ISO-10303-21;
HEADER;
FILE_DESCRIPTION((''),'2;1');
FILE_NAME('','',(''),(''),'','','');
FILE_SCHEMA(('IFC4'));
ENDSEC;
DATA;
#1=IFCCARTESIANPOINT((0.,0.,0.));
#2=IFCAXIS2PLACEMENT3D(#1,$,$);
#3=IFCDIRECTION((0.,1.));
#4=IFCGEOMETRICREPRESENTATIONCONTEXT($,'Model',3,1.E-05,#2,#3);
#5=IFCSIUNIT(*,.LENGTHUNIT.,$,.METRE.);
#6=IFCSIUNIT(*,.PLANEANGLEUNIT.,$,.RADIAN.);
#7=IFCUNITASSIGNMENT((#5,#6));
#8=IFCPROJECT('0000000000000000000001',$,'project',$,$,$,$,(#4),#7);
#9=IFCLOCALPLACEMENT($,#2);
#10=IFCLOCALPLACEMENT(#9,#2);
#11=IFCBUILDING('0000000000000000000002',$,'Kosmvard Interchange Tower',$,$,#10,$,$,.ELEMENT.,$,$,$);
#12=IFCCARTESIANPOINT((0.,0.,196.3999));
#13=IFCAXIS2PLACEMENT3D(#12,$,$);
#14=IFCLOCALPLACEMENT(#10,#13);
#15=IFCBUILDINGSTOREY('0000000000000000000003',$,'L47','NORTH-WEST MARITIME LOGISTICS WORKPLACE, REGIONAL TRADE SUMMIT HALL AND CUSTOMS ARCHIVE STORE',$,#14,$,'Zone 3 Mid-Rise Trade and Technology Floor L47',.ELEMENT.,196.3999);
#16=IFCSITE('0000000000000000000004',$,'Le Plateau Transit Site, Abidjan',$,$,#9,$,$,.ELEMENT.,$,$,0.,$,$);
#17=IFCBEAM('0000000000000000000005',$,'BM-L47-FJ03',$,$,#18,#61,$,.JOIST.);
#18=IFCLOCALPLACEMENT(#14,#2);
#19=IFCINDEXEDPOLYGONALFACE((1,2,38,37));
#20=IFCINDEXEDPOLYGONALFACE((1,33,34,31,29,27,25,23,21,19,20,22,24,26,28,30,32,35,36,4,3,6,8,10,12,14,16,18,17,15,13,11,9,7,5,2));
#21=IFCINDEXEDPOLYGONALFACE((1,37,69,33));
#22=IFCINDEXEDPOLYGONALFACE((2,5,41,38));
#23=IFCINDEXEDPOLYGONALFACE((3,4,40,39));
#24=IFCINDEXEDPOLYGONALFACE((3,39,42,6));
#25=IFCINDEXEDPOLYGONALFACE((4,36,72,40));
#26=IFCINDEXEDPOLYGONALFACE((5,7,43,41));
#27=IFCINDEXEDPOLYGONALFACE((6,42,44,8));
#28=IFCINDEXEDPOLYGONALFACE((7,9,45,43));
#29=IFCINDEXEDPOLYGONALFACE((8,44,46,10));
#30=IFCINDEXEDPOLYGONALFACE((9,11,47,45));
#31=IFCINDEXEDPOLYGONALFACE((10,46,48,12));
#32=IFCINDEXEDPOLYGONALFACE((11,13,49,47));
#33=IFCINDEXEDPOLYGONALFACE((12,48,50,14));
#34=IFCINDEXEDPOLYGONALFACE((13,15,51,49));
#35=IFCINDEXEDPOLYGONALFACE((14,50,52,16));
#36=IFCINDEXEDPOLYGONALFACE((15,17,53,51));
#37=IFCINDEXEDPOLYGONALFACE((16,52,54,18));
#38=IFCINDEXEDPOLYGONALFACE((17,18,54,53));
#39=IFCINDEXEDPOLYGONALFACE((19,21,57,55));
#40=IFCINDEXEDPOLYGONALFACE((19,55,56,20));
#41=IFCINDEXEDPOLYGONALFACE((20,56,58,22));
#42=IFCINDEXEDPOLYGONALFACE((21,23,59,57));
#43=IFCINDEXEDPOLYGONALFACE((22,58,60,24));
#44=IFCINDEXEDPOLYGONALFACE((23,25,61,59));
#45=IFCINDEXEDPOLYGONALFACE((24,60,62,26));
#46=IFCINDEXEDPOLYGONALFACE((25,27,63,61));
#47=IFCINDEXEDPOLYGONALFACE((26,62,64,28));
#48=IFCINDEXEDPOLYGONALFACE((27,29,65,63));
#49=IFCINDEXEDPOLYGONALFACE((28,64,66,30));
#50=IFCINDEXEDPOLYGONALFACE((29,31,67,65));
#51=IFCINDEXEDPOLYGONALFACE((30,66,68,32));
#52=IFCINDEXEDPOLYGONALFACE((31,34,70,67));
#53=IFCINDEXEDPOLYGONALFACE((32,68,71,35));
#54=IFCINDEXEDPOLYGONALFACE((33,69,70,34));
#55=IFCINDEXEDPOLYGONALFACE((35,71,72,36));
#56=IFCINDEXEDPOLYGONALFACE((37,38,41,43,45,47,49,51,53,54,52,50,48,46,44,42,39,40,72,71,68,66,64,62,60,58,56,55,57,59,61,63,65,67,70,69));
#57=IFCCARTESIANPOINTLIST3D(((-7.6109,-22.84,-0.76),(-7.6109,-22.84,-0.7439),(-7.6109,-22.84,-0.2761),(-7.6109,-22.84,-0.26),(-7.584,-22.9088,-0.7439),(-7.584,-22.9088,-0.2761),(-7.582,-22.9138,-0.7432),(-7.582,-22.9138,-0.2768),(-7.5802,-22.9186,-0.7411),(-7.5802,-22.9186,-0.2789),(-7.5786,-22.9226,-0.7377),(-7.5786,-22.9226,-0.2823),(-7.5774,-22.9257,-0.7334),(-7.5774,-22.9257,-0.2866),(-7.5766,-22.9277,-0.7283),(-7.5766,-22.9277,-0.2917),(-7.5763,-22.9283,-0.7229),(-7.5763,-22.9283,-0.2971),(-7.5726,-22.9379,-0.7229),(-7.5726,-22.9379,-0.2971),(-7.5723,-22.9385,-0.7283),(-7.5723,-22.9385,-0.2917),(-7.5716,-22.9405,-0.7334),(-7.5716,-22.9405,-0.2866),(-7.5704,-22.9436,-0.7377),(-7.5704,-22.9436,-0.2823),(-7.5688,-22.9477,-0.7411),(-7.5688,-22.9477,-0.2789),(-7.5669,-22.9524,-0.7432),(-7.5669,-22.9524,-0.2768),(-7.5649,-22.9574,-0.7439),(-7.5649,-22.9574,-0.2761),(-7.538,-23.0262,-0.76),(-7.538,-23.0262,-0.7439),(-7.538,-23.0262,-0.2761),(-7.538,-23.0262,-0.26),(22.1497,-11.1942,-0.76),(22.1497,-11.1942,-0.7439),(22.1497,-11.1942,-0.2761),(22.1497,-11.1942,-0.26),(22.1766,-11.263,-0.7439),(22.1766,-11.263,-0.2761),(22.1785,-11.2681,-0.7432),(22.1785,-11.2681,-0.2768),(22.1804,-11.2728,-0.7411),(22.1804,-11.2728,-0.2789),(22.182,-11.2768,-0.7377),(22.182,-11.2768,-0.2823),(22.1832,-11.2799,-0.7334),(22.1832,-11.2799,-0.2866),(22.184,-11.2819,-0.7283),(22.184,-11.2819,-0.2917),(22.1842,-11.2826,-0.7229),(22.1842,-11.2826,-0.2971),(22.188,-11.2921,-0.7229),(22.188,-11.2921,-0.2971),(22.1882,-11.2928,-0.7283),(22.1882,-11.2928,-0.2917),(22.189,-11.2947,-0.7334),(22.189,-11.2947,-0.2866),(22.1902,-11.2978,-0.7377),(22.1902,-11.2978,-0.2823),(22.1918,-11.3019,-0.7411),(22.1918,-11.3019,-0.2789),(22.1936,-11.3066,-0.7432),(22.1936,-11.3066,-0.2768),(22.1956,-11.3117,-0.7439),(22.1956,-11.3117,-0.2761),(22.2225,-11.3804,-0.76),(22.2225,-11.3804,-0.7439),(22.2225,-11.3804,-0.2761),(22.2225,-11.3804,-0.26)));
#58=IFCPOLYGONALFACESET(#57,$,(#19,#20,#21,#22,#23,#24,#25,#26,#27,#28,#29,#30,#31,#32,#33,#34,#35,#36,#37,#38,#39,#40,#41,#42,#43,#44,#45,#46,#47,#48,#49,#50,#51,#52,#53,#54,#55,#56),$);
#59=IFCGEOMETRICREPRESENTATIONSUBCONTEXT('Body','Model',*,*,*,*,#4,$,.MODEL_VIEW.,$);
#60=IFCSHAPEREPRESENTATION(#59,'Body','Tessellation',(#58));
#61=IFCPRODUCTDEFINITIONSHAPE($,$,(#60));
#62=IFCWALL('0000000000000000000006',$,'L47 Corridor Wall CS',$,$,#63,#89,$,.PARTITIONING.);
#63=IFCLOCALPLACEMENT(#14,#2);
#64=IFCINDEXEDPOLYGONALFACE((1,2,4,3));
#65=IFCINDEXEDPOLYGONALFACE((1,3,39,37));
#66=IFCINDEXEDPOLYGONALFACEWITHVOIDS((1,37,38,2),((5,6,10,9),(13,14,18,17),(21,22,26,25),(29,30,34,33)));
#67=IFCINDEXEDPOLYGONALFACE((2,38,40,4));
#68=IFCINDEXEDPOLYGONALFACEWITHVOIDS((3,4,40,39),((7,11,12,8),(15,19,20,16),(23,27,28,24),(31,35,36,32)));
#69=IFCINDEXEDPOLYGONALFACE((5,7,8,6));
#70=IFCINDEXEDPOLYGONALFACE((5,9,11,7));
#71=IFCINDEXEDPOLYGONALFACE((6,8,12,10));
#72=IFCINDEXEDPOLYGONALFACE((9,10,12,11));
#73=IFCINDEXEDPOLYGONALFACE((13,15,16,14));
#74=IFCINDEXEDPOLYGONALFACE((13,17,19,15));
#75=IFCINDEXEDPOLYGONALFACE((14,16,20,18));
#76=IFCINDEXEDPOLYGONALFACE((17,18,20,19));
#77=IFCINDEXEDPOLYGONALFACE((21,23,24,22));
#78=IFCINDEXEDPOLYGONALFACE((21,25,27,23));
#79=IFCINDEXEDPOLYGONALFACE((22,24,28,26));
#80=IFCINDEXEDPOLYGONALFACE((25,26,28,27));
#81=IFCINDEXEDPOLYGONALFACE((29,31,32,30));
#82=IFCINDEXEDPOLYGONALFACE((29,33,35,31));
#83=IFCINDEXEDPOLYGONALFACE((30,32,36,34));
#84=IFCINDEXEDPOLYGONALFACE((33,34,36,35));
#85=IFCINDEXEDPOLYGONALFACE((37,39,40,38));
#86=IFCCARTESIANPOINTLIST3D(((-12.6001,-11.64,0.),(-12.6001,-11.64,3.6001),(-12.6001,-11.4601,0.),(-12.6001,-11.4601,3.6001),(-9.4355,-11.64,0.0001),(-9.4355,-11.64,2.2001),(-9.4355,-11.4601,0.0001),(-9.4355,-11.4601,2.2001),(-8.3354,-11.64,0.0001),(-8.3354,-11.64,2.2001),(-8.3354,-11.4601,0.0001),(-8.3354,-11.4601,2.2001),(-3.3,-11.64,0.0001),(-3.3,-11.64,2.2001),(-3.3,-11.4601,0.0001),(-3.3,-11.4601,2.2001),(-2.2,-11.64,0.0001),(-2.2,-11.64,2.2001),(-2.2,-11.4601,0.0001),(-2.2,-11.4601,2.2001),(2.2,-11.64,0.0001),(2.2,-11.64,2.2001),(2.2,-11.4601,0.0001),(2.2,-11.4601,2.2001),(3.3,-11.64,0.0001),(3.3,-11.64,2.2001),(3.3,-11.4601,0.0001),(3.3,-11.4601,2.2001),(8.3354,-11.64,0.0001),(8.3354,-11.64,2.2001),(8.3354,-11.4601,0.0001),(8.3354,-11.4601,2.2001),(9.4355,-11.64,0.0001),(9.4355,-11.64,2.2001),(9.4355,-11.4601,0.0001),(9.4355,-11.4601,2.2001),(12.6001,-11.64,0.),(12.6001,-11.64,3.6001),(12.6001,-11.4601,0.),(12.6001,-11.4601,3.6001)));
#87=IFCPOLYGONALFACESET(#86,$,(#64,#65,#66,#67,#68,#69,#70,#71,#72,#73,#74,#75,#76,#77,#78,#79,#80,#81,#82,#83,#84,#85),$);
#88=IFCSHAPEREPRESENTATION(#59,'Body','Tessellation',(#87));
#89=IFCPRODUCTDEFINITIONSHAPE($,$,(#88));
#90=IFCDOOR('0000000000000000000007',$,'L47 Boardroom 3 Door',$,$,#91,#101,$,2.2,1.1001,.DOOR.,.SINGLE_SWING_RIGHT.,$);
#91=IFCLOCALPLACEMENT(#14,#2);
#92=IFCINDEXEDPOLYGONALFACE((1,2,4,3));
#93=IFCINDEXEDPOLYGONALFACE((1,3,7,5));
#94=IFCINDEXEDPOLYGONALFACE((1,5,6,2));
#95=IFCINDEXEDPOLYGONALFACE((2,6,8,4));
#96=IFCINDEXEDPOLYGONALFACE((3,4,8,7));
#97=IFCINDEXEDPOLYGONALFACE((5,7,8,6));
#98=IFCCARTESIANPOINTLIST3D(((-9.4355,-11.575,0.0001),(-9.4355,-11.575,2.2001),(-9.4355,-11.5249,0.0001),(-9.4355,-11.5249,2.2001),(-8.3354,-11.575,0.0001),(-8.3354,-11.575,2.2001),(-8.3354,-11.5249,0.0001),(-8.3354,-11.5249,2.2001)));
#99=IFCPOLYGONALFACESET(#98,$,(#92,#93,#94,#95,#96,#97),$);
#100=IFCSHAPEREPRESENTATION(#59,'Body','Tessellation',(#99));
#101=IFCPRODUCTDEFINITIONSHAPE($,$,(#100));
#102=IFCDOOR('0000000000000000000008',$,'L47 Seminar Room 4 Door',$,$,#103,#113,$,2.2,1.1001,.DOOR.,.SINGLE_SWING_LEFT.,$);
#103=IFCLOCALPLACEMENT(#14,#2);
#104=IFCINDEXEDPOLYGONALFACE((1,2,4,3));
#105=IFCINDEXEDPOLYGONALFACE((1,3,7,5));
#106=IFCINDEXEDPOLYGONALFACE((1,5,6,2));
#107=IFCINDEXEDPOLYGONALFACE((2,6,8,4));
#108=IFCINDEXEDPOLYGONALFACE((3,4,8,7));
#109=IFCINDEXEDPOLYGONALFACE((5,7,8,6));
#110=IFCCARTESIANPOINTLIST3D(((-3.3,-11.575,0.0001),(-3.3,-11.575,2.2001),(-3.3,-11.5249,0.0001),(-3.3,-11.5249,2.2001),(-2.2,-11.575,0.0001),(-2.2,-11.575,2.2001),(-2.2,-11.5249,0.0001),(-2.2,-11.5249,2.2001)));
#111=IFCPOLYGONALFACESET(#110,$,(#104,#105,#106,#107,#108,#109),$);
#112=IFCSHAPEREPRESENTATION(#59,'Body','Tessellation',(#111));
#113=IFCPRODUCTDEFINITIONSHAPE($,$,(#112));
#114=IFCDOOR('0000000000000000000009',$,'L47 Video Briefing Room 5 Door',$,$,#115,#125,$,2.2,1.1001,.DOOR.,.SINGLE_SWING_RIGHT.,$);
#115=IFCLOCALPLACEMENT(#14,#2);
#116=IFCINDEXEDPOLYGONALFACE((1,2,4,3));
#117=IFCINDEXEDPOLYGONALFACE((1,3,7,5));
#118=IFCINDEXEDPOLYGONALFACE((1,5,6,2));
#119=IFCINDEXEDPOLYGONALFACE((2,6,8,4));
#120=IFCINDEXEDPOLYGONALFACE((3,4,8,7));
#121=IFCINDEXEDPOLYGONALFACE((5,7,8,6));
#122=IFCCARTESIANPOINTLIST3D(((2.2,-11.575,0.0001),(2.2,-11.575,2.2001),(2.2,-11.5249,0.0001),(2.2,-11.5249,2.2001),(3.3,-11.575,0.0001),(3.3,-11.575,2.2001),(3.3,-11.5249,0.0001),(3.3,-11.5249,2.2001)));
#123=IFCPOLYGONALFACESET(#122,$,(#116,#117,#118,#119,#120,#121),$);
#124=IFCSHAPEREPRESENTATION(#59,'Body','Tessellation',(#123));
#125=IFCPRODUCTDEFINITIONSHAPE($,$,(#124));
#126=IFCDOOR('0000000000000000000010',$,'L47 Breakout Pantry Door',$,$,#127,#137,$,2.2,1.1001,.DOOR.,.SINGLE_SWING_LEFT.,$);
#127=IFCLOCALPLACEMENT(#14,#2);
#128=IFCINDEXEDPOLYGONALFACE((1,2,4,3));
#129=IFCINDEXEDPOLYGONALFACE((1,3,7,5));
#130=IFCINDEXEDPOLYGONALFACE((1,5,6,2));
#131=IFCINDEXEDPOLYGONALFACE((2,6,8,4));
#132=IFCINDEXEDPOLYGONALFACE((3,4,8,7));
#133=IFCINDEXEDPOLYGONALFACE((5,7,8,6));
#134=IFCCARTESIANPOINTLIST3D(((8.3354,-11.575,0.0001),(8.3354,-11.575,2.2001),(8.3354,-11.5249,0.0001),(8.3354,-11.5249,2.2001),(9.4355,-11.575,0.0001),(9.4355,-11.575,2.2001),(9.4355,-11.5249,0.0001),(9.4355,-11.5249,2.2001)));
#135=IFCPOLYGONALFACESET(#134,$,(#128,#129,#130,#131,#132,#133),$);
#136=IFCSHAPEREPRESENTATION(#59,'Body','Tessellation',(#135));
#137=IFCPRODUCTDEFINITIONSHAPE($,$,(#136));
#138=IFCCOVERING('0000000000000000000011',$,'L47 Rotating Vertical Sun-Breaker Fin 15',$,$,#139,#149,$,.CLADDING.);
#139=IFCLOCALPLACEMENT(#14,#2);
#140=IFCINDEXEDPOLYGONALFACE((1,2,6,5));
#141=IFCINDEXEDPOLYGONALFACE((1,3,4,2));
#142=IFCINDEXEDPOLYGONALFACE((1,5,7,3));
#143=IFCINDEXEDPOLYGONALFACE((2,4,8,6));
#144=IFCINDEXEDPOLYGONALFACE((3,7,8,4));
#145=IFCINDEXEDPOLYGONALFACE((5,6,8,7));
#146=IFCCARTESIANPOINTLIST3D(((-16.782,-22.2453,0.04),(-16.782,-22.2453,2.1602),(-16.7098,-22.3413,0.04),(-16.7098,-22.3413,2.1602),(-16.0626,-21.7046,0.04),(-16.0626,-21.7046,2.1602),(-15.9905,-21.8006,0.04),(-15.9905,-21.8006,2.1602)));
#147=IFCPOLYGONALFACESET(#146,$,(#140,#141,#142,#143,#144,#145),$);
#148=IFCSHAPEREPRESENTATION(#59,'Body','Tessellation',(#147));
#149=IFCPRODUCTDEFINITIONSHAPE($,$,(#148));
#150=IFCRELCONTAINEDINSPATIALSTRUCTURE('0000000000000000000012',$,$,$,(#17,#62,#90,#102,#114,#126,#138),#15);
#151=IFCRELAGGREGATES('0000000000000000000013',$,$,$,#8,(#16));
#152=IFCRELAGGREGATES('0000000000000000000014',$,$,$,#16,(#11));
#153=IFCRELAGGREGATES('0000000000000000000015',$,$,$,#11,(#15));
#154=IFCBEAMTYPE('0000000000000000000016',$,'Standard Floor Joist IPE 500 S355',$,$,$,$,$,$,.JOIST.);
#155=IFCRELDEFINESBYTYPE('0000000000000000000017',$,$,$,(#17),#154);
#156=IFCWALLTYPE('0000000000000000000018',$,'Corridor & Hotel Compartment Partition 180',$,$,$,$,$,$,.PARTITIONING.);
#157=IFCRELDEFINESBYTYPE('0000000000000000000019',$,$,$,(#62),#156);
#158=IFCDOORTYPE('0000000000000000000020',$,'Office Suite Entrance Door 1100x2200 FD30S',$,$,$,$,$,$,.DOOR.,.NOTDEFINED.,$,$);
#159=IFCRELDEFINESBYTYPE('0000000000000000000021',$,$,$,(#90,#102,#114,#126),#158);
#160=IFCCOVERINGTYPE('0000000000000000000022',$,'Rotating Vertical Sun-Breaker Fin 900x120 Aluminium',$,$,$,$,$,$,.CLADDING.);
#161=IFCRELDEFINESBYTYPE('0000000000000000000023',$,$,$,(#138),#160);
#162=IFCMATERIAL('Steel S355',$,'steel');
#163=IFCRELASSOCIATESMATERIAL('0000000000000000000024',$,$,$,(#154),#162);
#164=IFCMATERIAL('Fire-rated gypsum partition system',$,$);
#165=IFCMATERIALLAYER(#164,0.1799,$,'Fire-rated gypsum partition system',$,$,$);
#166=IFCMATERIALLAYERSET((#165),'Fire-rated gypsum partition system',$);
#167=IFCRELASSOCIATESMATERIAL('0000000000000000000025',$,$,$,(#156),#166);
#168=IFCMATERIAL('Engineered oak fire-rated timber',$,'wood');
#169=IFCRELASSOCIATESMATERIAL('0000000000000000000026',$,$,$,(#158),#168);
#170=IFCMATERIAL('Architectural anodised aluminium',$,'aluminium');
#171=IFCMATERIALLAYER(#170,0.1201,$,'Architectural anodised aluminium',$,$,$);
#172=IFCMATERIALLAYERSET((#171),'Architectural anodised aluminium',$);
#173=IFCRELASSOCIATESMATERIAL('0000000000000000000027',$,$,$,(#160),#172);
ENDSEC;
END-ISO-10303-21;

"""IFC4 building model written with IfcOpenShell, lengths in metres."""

from ifc_helpers import new_model, si_unit, direction, frame, frame_2d, origin, origin_2d, place, context, subcontext, project, spatial, rectangle, i_section, extrude, source, transform, mapped, material, layer, layer_set, material_profile, profile_set, type_object, element, fill, save


model = new_model("IFC4")

# Units and contexts
model_context = context("Model", 3, precision=1e-05, world=origin(), true_north=direction((0.0, 1.0)))
body_context = subcontext(model_context, "Body", "Model", "MODEL_VIEW")
ifc_project = project(units=[si_unit("LENGTHUNIT", "METRE"), si_unit("PLANEANGLEUNIT", "RADIAN")], contexts=[model_context])

# Site, building, storey
site_placement = place(None, origin())
site = spatial("IfcSite", under=ifc_project, at=site_placement, Name="Le Plateau Transit Site, Abidjan", CompositionType="ELEMENT", RefElevation=0.0)
building_placement = place(site_placement, origin())
building = spatial("IfcBuilding", under=site, at=building_placement, Name="Kosmvard Interchange Tower", CompositionType="ELEMENT")
storey_placement = place(building_placement, frame((0.0, 0.0, 196.3999)))
storey = spatial("IfcBuildingStorey", under=building, at=storey_placement, Name="L47", Description="NORTH-WEST MARITIME LOGISTICS WORKPLACE, REGIONAL TRADE SUMMIT HALL AND CUSTOMS ARCHIVE STORE", LongName="Zone 3 Mid-Rise Trade and Technology Floor L47", CompositionType="ELEMENT", Elevation=196.3999)

# Beam
ifc_material_1 = material(Name="Steel S355", Category="steel")
ifc_material_profile_1 = material_profile(ifc_material_1, i_section(OverallWidth=0.2, OverallDepth=0.5, WebThickness=0.0103, FlangeThickness=0.0161, FilletRadius=0.021, at=origin_2d()), Name="IPE 500")
ifc_profile_set_1 = profile_set([ifc_material_profile_1], Name="Steel S355")
beam_type_1 = type_object("IfcBeamType", Name="Standard Floor Joist IPE 500 S355", PredefinedType="JOIST", material=ifc_profile_set_1)
shared_shape_1 = source(origin(), body_context, "Body", "SweptSolid", [
    extrude(i_section(OverallWidth=0.2, OverallDepth=0.5, WebThickness=0.0103, FlangeThickness=0.0161, FilletRadius=0.021, at=origin_2d()), origin(), (0.0, 0.0, 1.0), 31.958),
])
beam_1_placement = place(storey_placement, frame((-7.5745, -22.9331, -0.51), z_axis=(0.931239, 0.364409, 0.0), x_axis=(-0.364409, 0.931239, 0.0)))
element("IfcBeam", 1, at=beam_1_placement, inside=storey, type_object=beam_type_1, Name="BM-L47-FJ03", PredefinedType="JOIST", context=body_context, shape_type="MappedRepresentation", body=[
    mapped(shared_shape_1, transform((0.0, 0.0, 0.0), scale=1.0)),
])

# Wall, openings, doors
ifc_material_2 = material(Name="Fire-rated gypsum partition system")
ifc_layer_1 = layer(ifc_material_2, 0.1799, Name="Fire-rated gypsum partition system")
ifc_layer_set_1 = layer_set([ifc_layer_1], Name="Fire-rated gypsum partition system")
wall_type = type_object("IfcWallType", Name="Corridor & Hotel Compartment Partition 180", PredefinedType="PARTITIONING", material=ifc_layer_set_1)
wall_placement = place(storey_placement, frame((-12.6001, -11.55, 0.0), z_axis=(0.0, 0.0, 1.0), x_axis=(1.0, 0.0, 0.0)))
wall = element("IfcWall", 2, at=wall_placement, inside=storey, type_object=wall_type, Name="L47 Corridor Wall CS", PredefinedType="PARTITIONING", context=body_context, shape_type="SweptSolid", body=[
    extrude(rectangle(XDim=25.2002, YDim=0.1799, at=frame_2d((12.6001, 0.0))), origin(), (0.0, 0.0, 1.0), 3.6001),
])
opening_1_placement = place(wall_placement, frame((3.1646, 0.0, 0.0)))
opening_1 = element("IfcOpeningElement", 3, at=opening_1_placement, cuts=wall, PredefinedType="OPENING", context=body_context, shape_type="SweptSolid", body=[
    extrude(rectangle(XDim=1.1001, YDim=2.2, at=frame_2d((0.55, 1.1001))), frame((0.0, 0.1001, 0.0), z_axis=(0.0, -1.0, 0.0), x_axis=(1.0, 0.0, 0.0)), (0.0, 0.0, 1.0), 0.2),
])
opening_2_placement = place(wall_placement, frame((9.3, 0.0, 0.0)))
opening_2 = element("IfcOpeningElement", 4, at=opening_2_placement, cuts=wall, PredefinedType="OPENING", context=body_context, shape_type="SweptSolid", body=[
    extrude(rectangle(XDim=1.1001, YDim=2.2, at=frame_2d((0.55, 1.1001))), frame((0.0, 0.1001, 0.0), z_axis=(0.0, -1.0, 0.0), x_axis=(1.0, 0.0, 0.0)), (0.0, 0.0, 1.0), 0.2),
])
opening_3_placement = place(wall_placement, frame((14.8, 0.0, 0.0)))
opening_3 = element("IfcOpeningElement", 5, at=opening_3_placement, cuts=wall, PredefinedType="OPENING", context=body_context, shape_type="SweptSolid", body=[
    extrude(rectangle(XDim=1.1001, YDim=2.2, at=frame_2d((0.55, 1.1001))), frame((0.0, 0.1001, 0.0), z_axis=(0.0, -1.0, 0.0), x_axis=(1.0, 0.0, 0.0)), (0.0, 0.0, 1.0), 0.2),
])
opening_4_placement = place(wall_placement, frame((20.9355, 0.0, 0.0)))
opening_4 = element("IfcOpeningElement", 6, at=opening_4_placement, cuts=wall, PredefinedType="OPENING", context=body_context, shape_type="SweptSolid", body=[
    extrude(rectangle(XDim=1.1001, YDim=2.2, at=frame_2d((0.55, 1.1001))), frame((0.0, 0.1001, 0.0), z_axis=(0.0, -1.0, 0.0), x_axis=(1.0, 0.0, 0.0)), (0.0, 0.0, 1.0), 0.2),
])
ifc_material_3 = material(Name="Engineered oak fire-rated timber", Category="wood")
door_type = type_object("IfcDoorType", Name="Office Suite Entrance Door 1100x2200 FD30S", OperationType="NOTDEFINED", PredefinedType="DOOR", material=ifc_material_3)
shared_shape_2 = source(origin(), body_context, "Body", "SweptSolid", [
    extrude(rectangle(XDim=1.1001, YDim=2.2, at=frame_2d((0.55, 1.1001))), frame((0.0, 0.0249, 0.0), z_axis=(0.0, -1.0, 0.0), x_axis=(1.0, 0.0, 0.0)), (0.0, 0.0, 1.0), 0.05),
])
door_1_placement = place(opening_1_placement, frame((1.1001, 0.0, 0.0), z_axis=(0.0, 0.0, 1.0), x_axis=(-1.0, 0.0, 0.0)))
door_1 = element("IfcDoor", 7, at=door_1_placement, inside=storey, type_object=door_type, Name="L47 Boardroom 3 Door", OperationType="SINGLE_SWING_RIGHT", OverallHeight=2.2, OverallWidth=1.1001, PredefinedType="DOOR", context=body_context, shape_type="MappedRepresentation", body=[
    mapped(shared_shape_2, transform((0.0, 0.0, 0.0), scale=1.0)),
])
fill(opening_1, door_1)
door_2_placement = place(opening_2_placement, frame((1.1001, 0.0, 0.0), z_axis=(0.0, 0.0, 1.0), x_axis=(-1.0, 0.0, 0.0)))
door_2 = element("IfcDoor", 8, at=door_2_placement, inside=storey, type_object=door_type, Name="L47 Seminar Room 4 Door", OperationType="SINGLE_SWING_LEFT", OverallHeight=2.2, OverallWidth=1.1001, PredefinedType="DOOR", context=body_context, shape_type="MappedRepresentation", body=[
    mapped(shared_shape_2, transform((0.0, 0.0, 0.0), scale=1.0)),
])
fill(opening_2, door_2)
door_3_placement = place(opening_3_placement, frame((1.1001, 0.0, 0.0), z_axis=(0.0, 0.0, 1.0), x_axis=(-1.0, 0.0, 0.0)))
door_3 = element("IfcDoor", 9, at=door_3_placement, inside=storey, type_object=door_type, Name="L47 Video Briefing Room 5 Door", OperationType="SINGLE_SWING_RIGHT", OverallHeight=2.2, OverallWidth=1.1001, PredefinedType="DOOR", context=body_context, shape_type="MappedRepresentation", body=[
    mapped(shared_shape_2, transform((0.0, 0.0, 0.0), scale=1.0)),
])
fill(opening_3, door_3)
door_4_placement = place(opening_4_placement, frame((1.1001, 0.0, 0.0), z_axis=(0.0, 0.0, 1.0), x_axis=(-1.0, 0.0, 0.0)))
door_4 = element("IfcDoor", 10, at=door_4_placement, inside=storey, type_object=door_type, Name="L47 Breakout Pantry Door", OperationType="SINGLE_SWING_LEFT", OverallHeight=2.2, OverallWidth=1.1001, PredefinedType="DOOR", context=body_context, shape_type="MappedRepresentation", body=[
    mapped(shared_shape_2, transform((0.0, 0.0, 0.0), scale=1.0)),
])
fill(opening_4, door_4)

# Covering
ifc_material_4 = material(Name="Architectural anodised aluminium", Category="aluminium")
ifc_layer_2 = layer(ifc_material_4, 0.1201, Name="Architectural anodised aluminium")
ifc_layer_set_2 = layer_set([ifc_layer_2], Name="Architectural anodised aluminium")
covering_type = type_object("IfcCoveringType", Name="Rotating Vertical Sun-Breaker Fin 900x120 Aluminium", PredefinedType="CLADDING", material=ifc_layer_set_2)
shared_shape_3 = source(origin(), body_context, "Body", "SweptSolid", [
    extrude(rectangle(XDim=0.8999, YDim=0.1201, at=origin_2d()), origin(), (0.0, 0.0, 1.0), 2.1201),
])
covering_placement = place(storey_placement, frame((-16.3862, -22.0229, 0.04), z_axis=(0.0, 0.0, 1.0), x_axis=(-0.79937, -0.600839, 0.0)))
element("IfcCovering", 11, at=covering_placement, inside=storey, type_object=covering_type, Name="L47 Rotating Vertical Sun-Breaker Fin 15", PredefinedType="CLADDING", context=body_context, shape_type="MappedRepresentation", body=[
    mapped(shared_shape_3, transform((0.0, 0.0, 0.0), scale=1.0)),
])

save(model, "model.ifc")
